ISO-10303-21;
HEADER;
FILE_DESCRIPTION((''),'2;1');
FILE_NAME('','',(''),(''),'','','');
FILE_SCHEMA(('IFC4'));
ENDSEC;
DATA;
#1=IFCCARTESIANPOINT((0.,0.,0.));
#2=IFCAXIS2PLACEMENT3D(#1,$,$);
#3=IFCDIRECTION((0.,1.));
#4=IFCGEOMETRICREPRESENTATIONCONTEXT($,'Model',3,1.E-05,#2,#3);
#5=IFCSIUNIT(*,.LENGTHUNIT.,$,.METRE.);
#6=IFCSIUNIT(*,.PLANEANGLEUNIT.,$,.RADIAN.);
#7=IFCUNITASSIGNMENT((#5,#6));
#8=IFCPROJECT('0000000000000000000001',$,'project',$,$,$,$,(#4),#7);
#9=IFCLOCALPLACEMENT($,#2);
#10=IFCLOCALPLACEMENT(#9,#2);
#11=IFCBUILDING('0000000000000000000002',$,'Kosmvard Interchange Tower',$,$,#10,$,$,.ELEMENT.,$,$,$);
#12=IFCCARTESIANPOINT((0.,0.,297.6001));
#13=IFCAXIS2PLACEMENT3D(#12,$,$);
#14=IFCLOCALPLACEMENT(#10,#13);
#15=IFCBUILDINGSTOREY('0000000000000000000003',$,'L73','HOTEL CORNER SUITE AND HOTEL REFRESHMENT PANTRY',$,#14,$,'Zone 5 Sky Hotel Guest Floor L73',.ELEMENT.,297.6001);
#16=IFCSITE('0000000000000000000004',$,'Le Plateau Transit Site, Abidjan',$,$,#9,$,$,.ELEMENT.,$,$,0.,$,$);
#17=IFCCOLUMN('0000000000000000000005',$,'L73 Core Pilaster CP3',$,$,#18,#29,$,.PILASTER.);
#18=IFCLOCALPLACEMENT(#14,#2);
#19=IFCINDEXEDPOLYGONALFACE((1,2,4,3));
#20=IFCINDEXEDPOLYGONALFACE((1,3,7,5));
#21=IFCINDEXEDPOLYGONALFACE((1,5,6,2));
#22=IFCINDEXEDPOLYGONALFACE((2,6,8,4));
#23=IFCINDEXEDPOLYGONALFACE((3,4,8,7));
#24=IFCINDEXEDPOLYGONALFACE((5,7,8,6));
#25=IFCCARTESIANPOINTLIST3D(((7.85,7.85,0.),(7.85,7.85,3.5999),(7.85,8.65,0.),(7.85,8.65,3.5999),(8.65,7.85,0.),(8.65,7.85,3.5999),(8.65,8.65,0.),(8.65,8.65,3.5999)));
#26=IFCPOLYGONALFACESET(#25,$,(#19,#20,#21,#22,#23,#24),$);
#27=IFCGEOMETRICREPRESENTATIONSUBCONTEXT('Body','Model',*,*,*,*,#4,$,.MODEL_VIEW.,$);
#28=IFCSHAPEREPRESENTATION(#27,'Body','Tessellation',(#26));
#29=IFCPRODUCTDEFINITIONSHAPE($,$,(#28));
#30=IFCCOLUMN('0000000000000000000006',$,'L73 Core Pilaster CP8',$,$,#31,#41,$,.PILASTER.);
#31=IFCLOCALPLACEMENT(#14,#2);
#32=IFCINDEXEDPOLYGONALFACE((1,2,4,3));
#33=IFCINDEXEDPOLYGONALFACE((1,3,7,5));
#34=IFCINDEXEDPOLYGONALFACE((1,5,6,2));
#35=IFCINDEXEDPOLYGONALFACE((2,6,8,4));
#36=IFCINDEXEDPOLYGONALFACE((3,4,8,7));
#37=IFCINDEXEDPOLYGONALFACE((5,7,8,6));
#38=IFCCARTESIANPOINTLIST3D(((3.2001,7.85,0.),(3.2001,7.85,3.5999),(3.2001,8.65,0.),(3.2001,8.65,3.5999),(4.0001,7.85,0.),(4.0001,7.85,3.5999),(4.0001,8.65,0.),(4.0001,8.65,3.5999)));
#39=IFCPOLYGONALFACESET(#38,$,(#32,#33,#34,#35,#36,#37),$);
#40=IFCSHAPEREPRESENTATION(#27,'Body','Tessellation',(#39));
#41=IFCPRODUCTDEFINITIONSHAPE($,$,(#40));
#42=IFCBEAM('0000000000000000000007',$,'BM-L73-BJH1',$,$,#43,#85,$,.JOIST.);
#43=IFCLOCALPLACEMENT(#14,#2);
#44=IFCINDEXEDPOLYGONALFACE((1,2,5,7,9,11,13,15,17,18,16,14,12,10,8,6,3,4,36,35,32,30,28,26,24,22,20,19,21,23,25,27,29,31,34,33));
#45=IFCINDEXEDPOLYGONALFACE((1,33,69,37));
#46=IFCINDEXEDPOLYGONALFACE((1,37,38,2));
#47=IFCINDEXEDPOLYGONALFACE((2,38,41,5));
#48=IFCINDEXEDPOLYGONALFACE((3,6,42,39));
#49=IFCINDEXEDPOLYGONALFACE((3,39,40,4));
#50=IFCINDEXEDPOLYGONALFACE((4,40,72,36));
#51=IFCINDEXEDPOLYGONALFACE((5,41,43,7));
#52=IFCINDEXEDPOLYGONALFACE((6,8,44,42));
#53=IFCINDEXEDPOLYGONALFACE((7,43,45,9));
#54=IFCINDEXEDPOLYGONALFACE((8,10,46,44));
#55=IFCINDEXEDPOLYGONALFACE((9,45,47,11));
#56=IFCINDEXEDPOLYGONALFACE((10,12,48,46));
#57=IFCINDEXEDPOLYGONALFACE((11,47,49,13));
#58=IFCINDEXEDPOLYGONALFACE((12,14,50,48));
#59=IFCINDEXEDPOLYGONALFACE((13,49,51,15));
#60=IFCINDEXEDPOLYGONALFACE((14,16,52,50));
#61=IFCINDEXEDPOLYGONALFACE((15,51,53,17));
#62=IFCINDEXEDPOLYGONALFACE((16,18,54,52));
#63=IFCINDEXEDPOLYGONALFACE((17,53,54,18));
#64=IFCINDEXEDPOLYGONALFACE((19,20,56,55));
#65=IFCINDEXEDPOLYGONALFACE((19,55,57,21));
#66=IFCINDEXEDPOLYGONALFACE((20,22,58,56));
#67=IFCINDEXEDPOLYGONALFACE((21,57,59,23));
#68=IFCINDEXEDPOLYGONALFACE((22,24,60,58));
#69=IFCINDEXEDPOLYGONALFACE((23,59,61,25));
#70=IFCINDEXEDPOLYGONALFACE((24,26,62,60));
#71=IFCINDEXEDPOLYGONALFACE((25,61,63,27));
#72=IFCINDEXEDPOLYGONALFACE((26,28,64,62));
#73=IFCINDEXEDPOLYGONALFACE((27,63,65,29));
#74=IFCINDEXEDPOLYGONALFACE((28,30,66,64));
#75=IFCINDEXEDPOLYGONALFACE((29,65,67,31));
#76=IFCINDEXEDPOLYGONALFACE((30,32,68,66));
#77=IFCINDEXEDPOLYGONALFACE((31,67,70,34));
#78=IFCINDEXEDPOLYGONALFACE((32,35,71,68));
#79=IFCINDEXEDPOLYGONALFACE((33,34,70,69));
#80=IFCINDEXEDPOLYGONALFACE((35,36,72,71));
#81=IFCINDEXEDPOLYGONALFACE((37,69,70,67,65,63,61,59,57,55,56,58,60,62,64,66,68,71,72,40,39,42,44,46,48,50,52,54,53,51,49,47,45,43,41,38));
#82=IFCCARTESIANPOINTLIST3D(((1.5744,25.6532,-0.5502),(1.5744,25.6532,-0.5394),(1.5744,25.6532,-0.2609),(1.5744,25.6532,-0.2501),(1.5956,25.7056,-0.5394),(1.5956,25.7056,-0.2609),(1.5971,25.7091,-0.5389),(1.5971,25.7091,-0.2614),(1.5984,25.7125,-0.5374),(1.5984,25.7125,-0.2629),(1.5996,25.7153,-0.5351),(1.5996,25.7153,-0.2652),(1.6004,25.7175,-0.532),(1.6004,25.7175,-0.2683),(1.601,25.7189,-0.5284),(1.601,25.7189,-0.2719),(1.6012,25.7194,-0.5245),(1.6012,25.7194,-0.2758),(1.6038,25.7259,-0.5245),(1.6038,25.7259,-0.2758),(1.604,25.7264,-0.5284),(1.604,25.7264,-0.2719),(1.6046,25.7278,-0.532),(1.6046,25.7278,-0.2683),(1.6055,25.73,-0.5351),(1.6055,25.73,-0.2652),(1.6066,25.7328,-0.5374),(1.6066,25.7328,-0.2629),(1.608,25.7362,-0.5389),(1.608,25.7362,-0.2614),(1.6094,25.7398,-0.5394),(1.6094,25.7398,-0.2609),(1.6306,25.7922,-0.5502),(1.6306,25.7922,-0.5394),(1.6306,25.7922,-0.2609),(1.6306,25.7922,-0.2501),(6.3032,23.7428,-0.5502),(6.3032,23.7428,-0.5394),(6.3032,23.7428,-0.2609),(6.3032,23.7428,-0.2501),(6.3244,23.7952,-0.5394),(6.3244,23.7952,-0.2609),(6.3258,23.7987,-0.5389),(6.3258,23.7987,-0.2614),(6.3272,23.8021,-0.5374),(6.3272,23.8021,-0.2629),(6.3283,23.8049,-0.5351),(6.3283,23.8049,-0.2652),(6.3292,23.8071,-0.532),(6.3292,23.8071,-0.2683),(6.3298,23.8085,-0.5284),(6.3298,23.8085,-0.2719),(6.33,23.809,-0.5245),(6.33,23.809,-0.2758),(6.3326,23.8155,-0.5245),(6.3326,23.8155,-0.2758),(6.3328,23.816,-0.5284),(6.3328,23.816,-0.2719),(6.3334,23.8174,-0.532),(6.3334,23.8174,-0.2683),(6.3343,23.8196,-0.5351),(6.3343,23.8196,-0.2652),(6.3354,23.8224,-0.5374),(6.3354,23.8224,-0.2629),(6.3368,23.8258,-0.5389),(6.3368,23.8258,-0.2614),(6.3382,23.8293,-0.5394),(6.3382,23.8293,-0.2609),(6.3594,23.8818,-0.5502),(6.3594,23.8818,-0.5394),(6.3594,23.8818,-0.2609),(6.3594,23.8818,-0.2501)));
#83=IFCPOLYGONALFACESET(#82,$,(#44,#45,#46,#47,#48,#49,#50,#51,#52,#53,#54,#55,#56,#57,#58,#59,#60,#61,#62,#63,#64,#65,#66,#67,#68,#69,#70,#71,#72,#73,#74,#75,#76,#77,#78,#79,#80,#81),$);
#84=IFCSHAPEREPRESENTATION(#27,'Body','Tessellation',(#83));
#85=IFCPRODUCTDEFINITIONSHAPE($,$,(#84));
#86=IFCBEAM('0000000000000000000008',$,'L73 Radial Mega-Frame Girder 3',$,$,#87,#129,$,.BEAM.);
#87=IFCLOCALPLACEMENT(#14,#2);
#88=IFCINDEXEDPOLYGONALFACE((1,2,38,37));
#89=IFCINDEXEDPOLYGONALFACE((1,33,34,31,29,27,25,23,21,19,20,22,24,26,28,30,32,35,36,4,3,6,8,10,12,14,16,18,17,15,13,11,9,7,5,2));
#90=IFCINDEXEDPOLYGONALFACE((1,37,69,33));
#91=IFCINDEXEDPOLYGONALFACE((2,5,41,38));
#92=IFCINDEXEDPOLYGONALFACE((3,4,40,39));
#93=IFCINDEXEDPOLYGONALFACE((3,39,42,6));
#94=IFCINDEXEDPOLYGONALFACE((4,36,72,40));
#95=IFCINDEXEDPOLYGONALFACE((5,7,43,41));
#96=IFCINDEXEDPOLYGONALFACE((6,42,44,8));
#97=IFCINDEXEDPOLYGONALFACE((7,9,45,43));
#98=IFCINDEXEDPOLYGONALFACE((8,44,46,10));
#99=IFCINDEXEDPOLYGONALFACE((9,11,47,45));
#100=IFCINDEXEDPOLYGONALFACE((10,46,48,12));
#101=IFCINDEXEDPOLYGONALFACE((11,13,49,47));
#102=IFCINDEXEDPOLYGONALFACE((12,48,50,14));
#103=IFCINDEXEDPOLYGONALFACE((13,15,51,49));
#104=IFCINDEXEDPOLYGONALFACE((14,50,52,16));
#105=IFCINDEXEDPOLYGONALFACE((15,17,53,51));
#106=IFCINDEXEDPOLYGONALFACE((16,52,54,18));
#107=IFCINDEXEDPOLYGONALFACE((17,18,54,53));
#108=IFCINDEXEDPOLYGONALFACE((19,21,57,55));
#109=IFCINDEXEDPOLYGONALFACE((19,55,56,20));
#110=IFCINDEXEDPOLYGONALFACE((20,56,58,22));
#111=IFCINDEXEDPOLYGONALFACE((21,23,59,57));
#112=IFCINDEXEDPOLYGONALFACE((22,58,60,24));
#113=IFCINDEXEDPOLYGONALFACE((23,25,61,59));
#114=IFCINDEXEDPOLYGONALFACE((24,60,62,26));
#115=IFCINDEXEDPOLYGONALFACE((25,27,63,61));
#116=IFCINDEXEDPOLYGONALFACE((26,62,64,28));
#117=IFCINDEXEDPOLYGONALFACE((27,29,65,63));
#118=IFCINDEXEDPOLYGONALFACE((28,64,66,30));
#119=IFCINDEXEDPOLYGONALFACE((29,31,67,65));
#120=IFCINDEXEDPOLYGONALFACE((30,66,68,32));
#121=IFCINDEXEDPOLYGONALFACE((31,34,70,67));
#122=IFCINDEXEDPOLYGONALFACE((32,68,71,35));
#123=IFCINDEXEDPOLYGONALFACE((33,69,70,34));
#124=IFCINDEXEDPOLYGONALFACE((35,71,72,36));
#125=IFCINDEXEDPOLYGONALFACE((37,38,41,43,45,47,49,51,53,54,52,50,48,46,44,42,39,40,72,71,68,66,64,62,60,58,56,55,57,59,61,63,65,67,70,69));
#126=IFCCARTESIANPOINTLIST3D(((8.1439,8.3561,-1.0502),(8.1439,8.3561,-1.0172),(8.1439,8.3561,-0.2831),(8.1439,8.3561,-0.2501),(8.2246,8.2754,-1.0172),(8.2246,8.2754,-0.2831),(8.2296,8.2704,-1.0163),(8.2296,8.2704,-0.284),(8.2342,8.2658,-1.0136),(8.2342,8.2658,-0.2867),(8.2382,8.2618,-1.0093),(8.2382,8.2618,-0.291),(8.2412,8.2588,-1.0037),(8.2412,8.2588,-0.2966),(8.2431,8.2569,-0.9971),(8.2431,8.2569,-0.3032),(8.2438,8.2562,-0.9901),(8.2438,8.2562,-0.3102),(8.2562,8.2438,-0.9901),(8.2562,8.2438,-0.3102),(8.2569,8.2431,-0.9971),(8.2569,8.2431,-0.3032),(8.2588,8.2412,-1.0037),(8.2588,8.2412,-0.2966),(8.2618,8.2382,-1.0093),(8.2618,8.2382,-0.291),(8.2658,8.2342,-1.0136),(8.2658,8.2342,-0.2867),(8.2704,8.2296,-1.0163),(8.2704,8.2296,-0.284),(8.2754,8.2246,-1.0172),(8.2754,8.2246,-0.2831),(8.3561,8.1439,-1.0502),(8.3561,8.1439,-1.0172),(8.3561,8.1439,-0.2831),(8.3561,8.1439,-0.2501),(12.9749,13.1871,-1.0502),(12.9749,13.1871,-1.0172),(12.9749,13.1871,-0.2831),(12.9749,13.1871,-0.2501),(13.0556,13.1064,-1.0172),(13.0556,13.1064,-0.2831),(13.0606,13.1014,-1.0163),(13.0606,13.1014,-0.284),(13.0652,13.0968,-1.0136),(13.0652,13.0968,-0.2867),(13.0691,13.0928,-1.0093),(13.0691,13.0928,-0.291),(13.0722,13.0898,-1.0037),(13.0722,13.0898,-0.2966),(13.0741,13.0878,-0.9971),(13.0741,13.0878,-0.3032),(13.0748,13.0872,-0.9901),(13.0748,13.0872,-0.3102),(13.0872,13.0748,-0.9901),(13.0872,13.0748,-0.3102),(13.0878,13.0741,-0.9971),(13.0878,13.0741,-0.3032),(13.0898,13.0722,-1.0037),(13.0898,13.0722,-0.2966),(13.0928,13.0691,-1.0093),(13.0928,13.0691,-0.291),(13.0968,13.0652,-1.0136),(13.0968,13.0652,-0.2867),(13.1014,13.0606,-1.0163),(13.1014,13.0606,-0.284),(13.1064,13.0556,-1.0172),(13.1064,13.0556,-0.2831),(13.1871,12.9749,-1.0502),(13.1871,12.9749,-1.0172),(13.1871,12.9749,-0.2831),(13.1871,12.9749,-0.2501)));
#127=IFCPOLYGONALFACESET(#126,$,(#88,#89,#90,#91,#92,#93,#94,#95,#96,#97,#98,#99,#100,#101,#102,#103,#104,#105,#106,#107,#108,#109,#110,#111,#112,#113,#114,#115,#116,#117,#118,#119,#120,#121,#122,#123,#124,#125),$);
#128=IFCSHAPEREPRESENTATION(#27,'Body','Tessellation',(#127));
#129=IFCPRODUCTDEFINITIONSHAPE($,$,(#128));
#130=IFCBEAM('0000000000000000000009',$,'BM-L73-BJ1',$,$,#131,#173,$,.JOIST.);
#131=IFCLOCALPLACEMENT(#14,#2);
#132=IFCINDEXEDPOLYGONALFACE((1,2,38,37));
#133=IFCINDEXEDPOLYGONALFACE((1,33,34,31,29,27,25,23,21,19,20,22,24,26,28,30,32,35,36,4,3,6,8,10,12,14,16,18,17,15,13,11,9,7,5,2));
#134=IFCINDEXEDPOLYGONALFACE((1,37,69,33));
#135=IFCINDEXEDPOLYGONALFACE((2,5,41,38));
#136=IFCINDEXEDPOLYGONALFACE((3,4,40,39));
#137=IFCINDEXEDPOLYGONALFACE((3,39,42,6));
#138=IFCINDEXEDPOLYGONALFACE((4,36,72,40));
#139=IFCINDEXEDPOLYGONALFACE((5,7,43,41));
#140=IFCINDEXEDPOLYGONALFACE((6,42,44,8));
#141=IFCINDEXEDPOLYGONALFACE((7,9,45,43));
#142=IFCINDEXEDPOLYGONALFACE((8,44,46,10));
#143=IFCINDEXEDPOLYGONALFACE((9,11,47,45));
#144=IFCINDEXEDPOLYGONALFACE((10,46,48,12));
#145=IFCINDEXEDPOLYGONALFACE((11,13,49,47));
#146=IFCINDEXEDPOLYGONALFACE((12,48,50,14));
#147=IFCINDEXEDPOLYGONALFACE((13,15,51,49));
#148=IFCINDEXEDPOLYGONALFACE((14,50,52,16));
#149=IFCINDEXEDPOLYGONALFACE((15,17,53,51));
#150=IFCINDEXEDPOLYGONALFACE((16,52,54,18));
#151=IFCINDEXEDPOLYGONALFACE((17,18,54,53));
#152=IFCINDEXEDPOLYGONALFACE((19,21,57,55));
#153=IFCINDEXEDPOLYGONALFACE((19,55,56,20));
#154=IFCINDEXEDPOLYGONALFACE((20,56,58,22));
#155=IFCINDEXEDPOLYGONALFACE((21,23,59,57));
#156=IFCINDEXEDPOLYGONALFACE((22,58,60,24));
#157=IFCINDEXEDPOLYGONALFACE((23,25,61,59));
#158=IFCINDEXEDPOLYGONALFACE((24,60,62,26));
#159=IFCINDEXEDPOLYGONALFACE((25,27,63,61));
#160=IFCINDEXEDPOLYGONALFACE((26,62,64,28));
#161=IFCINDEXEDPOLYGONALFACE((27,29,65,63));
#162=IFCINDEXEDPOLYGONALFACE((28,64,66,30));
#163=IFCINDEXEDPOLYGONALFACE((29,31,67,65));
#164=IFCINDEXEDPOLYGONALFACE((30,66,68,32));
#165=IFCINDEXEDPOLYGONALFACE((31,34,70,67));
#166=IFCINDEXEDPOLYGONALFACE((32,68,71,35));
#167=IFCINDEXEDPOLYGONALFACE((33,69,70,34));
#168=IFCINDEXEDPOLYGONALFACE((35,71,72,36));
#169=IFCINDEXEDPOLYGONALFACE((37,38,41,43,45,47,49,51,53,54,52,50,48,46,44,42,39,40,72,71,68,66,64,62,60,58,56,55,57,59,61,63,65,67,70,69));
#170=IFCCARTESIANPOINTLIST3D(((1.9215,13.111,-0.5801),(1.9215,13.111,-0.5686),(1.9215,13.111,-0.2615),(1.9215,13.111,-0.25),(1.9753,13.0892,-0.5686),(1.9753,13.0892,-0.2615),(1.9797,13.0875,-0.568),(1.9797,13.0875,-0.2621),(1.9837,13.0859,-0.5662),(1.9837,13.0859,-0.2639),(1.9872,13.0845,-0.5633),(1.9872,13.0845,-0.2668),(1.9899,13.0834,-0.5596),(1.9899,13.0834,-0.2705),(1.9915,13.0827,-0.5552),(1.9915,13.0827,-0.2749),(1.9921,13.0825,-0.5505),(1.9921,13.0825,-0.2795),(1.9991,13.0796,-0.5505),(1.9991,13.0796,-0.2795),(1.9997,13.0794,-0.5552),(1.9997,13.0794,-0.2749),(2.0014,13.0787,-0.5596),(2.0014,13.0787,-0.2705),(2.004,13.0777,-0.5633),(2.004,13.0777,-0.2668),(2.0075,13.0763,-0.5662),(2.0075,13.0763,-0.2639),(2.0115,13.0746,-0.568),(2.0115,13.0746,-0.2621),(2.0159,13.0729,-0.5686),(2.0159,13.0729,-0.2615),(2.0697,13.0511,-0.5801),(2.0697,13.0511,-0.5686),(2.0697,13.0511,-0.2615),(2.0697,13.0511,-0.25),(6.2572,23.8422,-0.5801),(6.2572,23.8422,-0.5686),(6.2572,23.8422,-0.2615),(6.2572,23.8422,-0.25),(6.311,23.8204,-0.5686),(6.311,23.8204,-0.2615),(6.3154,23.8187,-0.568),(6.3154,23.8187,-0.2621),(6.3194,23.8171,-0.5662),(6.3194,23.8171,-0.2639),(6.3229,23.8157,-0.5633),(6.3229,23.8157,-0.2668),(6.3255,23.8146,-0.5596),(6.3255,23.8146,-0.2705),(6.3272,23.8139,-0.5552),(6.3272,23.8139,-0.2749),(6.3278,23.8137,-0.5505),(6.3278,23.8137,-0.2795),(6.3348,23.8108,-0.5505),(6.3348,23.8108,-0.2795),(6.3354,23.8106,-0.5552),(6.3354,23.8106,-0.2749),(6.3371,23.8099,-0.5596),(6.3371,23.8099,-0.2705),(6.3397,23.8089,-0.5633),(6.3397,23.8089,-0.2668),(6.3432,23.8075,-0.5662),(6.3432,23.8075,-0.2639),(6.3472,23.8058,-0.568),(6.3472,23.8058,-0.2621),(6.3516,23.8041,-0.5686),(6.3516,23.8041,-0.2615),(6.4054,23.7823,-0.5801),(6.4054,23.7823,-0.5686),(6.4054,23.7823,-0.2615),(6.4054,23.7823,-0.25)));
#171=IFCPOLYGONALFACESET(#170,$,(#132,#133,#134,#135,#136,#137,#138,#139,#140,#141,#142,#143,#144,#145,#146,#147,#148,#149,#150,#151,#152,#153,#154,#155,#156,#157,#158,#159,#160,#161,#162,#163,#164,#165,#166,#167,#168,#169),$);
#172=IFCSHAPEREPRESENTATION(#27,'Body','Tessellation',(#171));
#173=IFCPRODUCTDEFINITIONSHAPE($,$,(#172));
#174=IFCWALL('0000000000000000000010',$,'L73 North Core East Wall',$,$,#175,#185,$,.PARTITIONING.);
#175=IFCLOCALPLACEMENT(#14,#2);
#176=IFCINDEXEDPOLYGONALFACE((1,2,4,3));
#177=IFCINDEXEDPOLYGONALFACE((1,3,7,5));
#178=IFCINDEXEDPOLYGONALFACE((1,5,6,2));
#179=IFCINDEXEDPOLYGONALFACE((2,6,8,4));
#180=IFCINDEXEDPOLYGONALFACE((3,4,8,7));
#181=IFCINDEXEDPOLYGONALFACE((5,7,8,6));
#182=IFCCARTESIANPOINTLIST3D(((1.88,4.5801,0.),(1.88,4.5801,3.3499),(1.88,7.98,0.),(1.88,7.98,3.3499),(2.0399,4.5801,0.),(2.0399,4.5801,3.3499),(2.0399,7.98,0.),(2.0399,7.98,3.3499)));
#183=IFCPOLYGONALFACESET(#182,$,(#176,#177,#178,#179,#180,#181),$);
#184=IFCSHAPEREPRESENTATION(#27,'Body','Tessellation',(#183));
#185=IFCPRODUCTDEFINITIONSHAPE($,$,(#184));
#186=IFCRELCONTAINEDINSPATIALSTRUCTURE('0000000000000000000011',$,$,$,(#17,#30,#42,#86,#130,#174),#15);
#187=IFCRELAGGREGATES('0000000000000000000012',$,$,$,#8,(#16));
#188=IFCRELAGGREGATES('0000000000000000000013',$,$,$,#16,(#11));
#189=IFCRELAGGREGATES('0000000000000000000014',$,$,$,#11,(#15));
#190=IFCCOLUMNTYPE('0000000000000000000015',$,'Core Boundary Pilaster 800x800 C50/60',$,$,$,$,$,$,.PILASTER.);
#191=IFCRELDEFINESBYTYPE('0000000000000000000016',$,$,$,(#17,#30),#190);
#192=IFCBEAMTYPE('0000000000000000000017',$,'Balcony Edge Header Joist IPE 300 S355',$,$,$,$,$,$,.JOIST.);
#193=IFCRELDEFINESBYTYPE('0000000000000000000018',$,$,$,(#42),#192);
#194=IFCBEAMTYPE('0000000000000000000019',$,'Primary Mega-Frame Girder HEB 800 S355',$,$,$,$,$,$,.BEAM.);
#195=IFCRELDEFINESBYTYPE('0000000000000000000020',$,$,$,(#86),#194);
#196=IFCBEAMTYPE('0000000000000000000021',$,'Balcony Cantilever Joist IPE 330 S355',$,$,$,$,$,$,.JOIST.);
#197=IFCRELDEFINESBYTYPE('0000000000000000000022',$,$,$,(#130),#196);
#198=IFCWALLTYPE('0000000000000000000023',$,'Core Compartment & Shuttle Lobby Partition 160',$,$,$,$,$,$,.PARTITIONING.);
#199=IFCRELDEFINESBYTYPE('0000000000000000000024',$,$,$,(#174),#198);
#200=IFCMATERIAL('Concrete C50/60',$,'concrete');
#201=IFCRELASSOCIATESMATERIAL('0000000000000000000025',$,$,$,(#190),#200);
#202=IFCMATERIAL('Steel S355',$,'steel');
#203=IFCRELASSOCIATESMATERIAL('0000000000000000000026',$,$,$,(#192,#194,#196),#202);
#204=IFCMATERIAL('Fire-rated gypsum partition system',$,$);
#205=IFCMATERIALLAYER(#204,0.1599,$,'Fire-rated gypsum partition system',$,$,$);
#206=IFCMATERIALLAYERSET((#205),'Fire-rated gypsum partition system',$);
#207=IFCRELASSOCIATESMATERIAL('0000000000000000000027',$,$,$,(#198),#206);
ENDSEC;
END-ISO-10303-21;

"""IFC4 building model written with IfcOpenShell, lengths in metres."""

from ifc_helpers import new_model, si_unit, direction, frame, frame_2d, origin, origin_2d, place, context, subcontext, project, spatial, rectangle, i_section, extrude, source, transform, mapped, material, layer, layer_set, material_profile, profile_set, type_object, element, save


model = new_model("IFC4")

# Units and contexts
model_context = context("Model", 3, precision=1e-05, world=origin(), true_north=direction((0.0, 1.0)))
body_context = subcontext(model_context, "Body", "Model", "MODEL_VIEW")
ifc_project = project(units=[si_unit("LENGTHUNIT", "METRE"), si_unit("PLANEANGLEUNIT", "RADIAN")], contexts=[model_context])

# Site, building, storey
site_placement = place(None, origin())
site = spatial("IfcSite", under=ifc_project, at=site_placement, Name="Le Plateau Transit Site, Abidjan", CompositionType="ELEMENT", RefElevation=0.0)
building_placement = place(site_placement, origin())
building = spatial("IfcBuilding", under=site, at=building_placement, Name="Kosmvard Interchange Tower", CompositionType="ELEMENT")
storey_placement = place(building_placement, frame((0.0, 0.0, 297.6001)))
storey = spatial("IfcBuildingStorey", under=building, at=storey_placement, Name="L73", Description="HOTEL CORNER SUITE AND HOTEL REFRESHMENT PANTRY", LongName="Zone 5 Sky Hotel Guest Floor L73", CompositionType="ELEMENT", Elevation=297.6001)

# Columns
ifc_material_1 = material(Name="Concrete C50/60", Category="concrete")
ifc_material_profile_1 = material_profile(ifc_material_1, rectangle(XDim=0.8, YDim=0.8, at=origin_2d()), Name="CP 800x800")
ifc_profile_set_1 = profile_set([ifc_material_profile_1], Name="Concrete C50/60")
column_type = type_object("IfcColumnType", Name="Core Boundary Pilaster 800x800 C50/60", PredefinedType="PILASTER", material=ifc_profile_set_1)
shared_shape_1 = source(origin(), body_context, "Body", "SweptSolid", [
    extrude(rectangle(XDim=0.8, YDim=0.8, at=origin_2d()), origin(), (0.0, 0.0, 1.0), 3.5999),
])
for number, where, z_axis, x_axis, name in (
    (1, (8.25, 8.25, 0.0), (0.0, 0.0, 1.0), (1.0, 0.0, 0.0), "L73 Core Pilaster CP3"),
    (2, (3.6001, 8.25, 0.0), (0.0, 0.0, 1.0), (1.0, 0.0, 0.0), "L73 Core Pilaster CP8"),
):
    element("IfcColumn", number, at=place(storey_placement, frame(where, z_axis=z_axis, x_axis=x_axis)), inside=storey, type_object=column_type, Name=name, PredefinedType="PILASTER", context=body_context, shape_type="MappedRepresentation", body=[
        mapped(shared_shape_1, transform((0.0, 0.0, 0.0), scale=1.0)),
    ])

# Beams
ifc_material_2 = material(Name="Steel S355", Category="steel")
ifc_material_profile_2 = material_profile(ifc_material_2, i_section(OverallWidth=0.1499, OverallDepth=0.3, WebThickness=0.0071, FlangeThickness=0.0107, FilletRadius=0.0149, at=origin_2d()), Name="IPE 300")
ifc_profile_set_2 = profile_set([ifc_material_profile_2], Name="Steel S355")
beam_type_1 = type_object("IfcBeamType", Name="Balcony Edge Header Joist IPE 300 S355", PredefinedType="JOIST", material=ifc_profile_set_2)
shared_shape_2 = source(origin(), body_context, "Body", "SweptSolid", [
    extrude(i_section(OverallWidth=0.1499, OverallDepth=0.3, WebThickness=0.0071, FlangeThickness=0.0107, FilletRadius=0.0149, at=origin_2d()), origin(), (0.0, 0.0, 1.0), 5.1001),
])
beam_1_placement = place(storey_placement, frame((6.3313, 23.8123, -0.4001), z_axis=(-0.927194, 0.374583, 0.0), x_axis=(-0.374583, -0.927194, 0.0)))
element("IfcBeam", 3, at=beam_1_placement, inside=storey, type_object=beam_type_1, Name="BM-L73-BJH1", PredefinedType="JOIST", context=body_context, shape_type="MappedRepresentation", body=[
    mapped(shared_shape_2, transform((0.0, 0.0, 0.0), scale=1.0)),
])
ifc_material_profile_3 = material_profile(ifc_material_2, i_section(OverallWidth=0.3, OverallDepth=0.8, WebThickness=0.0176, FlangeThickness=0.033, FilletRadius=0.0271, at=origin_2d()), Name="HEB 800")
ifc_profile_set_3 = profile_set([ifc_material_profile_3], Name="Steel S355")
beam_type_2 = type_object("IfcBeamType", Name="Primary Mega-Frame Girder HEB 800 S355", PredefinedType="BEAM", material=ifc_profile_set_3)
shared_shape_3 = source(origin(), body_context, "Body", "SweptSolid", [
    extrude(i_section(OverallWidth=0.3, OverallDepth=0.8, WebThickness=0.0176, FlangeThickness=0.033, FilletRadius=0.0271, at=origin_2d()), origin(), (0.0, 0.0, 1.0), 6.832),
])
beam_2_placement = place(storey_placement, frame((8.25, 8.25, -0.6501), z_axis=(0.707107, 0.707107, 0.0), x_axis=(-0.707107, 0.707107, 0.0)))
element("IfcBeam", 4, at=beam_2_placement, inside=storey, type_object=beam_type_2, Name="L73 Radial Mega-Frame Girder 3", PredefinedType="BEAM", context=body_context, shape_type="MappedRepresentation", body=[
    mapped(shared_shape_3, transform((0.0, 0.0, 0.0), scale=1.0)),
])
ifc_material_profile_4 = material_profile(ifc_material_2, i_section(OverallWidth=0.1599, OverallDepth=0.3301, WebThickness=0.0076, FlangeThickness=0.0115, FilletRadius=0.0181, at=origin_2d()), Name="IPE 330")
ifc_profile_set_4 = profile_set([ifc_material_profile_4], Name="Steel S355")
beam_type_3 = type_object("IfcBeamType", Name="Balcony Cantilever Joist IPE 330 S355", PredefinedType="JOIST", material=ifc_profile_set_4)
shared_shape_4 = source(origin(), body_context, "Body", "SweptSolid", [
    extrude(i_section(OverallWidth=0.1599, OverallDepth=0.3301, WebThickness=0.0076, FlangeThickness=0.0115, FilletRadius=0.0181, at=origin_2d()), origin(), (0.0, 0.0, 1.0), 11.574),
])
beam_3_placement = place(storey_placement, frame((1.9956, 13.0811, -0.415), z_axis=(0.374607, 0.927184, 0.0), x_axis=(-0.927184, 0.374607, 0.0)))
element("IfcBeam", 5, at=beam_3_placement, inside=storey, type_object=beam_type_3, Name="BM-L73-BJ1", PredefinedType="JOIST", context=body_context, shape_type="MappedRepresentation", body=[
    mapped(shared_shape_4, transform((0.0, 0.0, 0.0), scale=1.0)),
])

# Wall
ifc_material_3 = material(Name="Fire-rated gypsum partition system")
ifc_layer_1 = layer(ifc_material_3, 0.1599, Name="Fire-rated gypsum partition system")
ifc_layer_set_1 = layer_set([ifc_layer_1], Name="Fire-rated gypsum partition system")
wall_type_1 = type_object("IfcWallType", Name="Core Compartment & Shuttle Lobby Partition 160", PredefinedType="PARTITIONING", material=ifc_layer_set_1)
wall_1_placement = place(storey_placement, frame((1.96, 4.5801, 0.0), z_axis=(0.0, 0.0, 1.0), x_axis=(0.0, 1.0, 0.0)))
element("IfcWall", 6, at=wall_1_placement, inside=storey, type_object=wall_type_1, Name="L73 North Core East Wall", PredefinedType="PARTITIONING", context=body_context, shape_type="SweptSolid", body=[
    extrude(rectangle(XDim=3.3999, YDim=0.1599, at=frame_2d((1.7, 0.0))), origin(), (0.0, 0.0, 1.0), 3.3499),
])

save(model, "model.ifc")
